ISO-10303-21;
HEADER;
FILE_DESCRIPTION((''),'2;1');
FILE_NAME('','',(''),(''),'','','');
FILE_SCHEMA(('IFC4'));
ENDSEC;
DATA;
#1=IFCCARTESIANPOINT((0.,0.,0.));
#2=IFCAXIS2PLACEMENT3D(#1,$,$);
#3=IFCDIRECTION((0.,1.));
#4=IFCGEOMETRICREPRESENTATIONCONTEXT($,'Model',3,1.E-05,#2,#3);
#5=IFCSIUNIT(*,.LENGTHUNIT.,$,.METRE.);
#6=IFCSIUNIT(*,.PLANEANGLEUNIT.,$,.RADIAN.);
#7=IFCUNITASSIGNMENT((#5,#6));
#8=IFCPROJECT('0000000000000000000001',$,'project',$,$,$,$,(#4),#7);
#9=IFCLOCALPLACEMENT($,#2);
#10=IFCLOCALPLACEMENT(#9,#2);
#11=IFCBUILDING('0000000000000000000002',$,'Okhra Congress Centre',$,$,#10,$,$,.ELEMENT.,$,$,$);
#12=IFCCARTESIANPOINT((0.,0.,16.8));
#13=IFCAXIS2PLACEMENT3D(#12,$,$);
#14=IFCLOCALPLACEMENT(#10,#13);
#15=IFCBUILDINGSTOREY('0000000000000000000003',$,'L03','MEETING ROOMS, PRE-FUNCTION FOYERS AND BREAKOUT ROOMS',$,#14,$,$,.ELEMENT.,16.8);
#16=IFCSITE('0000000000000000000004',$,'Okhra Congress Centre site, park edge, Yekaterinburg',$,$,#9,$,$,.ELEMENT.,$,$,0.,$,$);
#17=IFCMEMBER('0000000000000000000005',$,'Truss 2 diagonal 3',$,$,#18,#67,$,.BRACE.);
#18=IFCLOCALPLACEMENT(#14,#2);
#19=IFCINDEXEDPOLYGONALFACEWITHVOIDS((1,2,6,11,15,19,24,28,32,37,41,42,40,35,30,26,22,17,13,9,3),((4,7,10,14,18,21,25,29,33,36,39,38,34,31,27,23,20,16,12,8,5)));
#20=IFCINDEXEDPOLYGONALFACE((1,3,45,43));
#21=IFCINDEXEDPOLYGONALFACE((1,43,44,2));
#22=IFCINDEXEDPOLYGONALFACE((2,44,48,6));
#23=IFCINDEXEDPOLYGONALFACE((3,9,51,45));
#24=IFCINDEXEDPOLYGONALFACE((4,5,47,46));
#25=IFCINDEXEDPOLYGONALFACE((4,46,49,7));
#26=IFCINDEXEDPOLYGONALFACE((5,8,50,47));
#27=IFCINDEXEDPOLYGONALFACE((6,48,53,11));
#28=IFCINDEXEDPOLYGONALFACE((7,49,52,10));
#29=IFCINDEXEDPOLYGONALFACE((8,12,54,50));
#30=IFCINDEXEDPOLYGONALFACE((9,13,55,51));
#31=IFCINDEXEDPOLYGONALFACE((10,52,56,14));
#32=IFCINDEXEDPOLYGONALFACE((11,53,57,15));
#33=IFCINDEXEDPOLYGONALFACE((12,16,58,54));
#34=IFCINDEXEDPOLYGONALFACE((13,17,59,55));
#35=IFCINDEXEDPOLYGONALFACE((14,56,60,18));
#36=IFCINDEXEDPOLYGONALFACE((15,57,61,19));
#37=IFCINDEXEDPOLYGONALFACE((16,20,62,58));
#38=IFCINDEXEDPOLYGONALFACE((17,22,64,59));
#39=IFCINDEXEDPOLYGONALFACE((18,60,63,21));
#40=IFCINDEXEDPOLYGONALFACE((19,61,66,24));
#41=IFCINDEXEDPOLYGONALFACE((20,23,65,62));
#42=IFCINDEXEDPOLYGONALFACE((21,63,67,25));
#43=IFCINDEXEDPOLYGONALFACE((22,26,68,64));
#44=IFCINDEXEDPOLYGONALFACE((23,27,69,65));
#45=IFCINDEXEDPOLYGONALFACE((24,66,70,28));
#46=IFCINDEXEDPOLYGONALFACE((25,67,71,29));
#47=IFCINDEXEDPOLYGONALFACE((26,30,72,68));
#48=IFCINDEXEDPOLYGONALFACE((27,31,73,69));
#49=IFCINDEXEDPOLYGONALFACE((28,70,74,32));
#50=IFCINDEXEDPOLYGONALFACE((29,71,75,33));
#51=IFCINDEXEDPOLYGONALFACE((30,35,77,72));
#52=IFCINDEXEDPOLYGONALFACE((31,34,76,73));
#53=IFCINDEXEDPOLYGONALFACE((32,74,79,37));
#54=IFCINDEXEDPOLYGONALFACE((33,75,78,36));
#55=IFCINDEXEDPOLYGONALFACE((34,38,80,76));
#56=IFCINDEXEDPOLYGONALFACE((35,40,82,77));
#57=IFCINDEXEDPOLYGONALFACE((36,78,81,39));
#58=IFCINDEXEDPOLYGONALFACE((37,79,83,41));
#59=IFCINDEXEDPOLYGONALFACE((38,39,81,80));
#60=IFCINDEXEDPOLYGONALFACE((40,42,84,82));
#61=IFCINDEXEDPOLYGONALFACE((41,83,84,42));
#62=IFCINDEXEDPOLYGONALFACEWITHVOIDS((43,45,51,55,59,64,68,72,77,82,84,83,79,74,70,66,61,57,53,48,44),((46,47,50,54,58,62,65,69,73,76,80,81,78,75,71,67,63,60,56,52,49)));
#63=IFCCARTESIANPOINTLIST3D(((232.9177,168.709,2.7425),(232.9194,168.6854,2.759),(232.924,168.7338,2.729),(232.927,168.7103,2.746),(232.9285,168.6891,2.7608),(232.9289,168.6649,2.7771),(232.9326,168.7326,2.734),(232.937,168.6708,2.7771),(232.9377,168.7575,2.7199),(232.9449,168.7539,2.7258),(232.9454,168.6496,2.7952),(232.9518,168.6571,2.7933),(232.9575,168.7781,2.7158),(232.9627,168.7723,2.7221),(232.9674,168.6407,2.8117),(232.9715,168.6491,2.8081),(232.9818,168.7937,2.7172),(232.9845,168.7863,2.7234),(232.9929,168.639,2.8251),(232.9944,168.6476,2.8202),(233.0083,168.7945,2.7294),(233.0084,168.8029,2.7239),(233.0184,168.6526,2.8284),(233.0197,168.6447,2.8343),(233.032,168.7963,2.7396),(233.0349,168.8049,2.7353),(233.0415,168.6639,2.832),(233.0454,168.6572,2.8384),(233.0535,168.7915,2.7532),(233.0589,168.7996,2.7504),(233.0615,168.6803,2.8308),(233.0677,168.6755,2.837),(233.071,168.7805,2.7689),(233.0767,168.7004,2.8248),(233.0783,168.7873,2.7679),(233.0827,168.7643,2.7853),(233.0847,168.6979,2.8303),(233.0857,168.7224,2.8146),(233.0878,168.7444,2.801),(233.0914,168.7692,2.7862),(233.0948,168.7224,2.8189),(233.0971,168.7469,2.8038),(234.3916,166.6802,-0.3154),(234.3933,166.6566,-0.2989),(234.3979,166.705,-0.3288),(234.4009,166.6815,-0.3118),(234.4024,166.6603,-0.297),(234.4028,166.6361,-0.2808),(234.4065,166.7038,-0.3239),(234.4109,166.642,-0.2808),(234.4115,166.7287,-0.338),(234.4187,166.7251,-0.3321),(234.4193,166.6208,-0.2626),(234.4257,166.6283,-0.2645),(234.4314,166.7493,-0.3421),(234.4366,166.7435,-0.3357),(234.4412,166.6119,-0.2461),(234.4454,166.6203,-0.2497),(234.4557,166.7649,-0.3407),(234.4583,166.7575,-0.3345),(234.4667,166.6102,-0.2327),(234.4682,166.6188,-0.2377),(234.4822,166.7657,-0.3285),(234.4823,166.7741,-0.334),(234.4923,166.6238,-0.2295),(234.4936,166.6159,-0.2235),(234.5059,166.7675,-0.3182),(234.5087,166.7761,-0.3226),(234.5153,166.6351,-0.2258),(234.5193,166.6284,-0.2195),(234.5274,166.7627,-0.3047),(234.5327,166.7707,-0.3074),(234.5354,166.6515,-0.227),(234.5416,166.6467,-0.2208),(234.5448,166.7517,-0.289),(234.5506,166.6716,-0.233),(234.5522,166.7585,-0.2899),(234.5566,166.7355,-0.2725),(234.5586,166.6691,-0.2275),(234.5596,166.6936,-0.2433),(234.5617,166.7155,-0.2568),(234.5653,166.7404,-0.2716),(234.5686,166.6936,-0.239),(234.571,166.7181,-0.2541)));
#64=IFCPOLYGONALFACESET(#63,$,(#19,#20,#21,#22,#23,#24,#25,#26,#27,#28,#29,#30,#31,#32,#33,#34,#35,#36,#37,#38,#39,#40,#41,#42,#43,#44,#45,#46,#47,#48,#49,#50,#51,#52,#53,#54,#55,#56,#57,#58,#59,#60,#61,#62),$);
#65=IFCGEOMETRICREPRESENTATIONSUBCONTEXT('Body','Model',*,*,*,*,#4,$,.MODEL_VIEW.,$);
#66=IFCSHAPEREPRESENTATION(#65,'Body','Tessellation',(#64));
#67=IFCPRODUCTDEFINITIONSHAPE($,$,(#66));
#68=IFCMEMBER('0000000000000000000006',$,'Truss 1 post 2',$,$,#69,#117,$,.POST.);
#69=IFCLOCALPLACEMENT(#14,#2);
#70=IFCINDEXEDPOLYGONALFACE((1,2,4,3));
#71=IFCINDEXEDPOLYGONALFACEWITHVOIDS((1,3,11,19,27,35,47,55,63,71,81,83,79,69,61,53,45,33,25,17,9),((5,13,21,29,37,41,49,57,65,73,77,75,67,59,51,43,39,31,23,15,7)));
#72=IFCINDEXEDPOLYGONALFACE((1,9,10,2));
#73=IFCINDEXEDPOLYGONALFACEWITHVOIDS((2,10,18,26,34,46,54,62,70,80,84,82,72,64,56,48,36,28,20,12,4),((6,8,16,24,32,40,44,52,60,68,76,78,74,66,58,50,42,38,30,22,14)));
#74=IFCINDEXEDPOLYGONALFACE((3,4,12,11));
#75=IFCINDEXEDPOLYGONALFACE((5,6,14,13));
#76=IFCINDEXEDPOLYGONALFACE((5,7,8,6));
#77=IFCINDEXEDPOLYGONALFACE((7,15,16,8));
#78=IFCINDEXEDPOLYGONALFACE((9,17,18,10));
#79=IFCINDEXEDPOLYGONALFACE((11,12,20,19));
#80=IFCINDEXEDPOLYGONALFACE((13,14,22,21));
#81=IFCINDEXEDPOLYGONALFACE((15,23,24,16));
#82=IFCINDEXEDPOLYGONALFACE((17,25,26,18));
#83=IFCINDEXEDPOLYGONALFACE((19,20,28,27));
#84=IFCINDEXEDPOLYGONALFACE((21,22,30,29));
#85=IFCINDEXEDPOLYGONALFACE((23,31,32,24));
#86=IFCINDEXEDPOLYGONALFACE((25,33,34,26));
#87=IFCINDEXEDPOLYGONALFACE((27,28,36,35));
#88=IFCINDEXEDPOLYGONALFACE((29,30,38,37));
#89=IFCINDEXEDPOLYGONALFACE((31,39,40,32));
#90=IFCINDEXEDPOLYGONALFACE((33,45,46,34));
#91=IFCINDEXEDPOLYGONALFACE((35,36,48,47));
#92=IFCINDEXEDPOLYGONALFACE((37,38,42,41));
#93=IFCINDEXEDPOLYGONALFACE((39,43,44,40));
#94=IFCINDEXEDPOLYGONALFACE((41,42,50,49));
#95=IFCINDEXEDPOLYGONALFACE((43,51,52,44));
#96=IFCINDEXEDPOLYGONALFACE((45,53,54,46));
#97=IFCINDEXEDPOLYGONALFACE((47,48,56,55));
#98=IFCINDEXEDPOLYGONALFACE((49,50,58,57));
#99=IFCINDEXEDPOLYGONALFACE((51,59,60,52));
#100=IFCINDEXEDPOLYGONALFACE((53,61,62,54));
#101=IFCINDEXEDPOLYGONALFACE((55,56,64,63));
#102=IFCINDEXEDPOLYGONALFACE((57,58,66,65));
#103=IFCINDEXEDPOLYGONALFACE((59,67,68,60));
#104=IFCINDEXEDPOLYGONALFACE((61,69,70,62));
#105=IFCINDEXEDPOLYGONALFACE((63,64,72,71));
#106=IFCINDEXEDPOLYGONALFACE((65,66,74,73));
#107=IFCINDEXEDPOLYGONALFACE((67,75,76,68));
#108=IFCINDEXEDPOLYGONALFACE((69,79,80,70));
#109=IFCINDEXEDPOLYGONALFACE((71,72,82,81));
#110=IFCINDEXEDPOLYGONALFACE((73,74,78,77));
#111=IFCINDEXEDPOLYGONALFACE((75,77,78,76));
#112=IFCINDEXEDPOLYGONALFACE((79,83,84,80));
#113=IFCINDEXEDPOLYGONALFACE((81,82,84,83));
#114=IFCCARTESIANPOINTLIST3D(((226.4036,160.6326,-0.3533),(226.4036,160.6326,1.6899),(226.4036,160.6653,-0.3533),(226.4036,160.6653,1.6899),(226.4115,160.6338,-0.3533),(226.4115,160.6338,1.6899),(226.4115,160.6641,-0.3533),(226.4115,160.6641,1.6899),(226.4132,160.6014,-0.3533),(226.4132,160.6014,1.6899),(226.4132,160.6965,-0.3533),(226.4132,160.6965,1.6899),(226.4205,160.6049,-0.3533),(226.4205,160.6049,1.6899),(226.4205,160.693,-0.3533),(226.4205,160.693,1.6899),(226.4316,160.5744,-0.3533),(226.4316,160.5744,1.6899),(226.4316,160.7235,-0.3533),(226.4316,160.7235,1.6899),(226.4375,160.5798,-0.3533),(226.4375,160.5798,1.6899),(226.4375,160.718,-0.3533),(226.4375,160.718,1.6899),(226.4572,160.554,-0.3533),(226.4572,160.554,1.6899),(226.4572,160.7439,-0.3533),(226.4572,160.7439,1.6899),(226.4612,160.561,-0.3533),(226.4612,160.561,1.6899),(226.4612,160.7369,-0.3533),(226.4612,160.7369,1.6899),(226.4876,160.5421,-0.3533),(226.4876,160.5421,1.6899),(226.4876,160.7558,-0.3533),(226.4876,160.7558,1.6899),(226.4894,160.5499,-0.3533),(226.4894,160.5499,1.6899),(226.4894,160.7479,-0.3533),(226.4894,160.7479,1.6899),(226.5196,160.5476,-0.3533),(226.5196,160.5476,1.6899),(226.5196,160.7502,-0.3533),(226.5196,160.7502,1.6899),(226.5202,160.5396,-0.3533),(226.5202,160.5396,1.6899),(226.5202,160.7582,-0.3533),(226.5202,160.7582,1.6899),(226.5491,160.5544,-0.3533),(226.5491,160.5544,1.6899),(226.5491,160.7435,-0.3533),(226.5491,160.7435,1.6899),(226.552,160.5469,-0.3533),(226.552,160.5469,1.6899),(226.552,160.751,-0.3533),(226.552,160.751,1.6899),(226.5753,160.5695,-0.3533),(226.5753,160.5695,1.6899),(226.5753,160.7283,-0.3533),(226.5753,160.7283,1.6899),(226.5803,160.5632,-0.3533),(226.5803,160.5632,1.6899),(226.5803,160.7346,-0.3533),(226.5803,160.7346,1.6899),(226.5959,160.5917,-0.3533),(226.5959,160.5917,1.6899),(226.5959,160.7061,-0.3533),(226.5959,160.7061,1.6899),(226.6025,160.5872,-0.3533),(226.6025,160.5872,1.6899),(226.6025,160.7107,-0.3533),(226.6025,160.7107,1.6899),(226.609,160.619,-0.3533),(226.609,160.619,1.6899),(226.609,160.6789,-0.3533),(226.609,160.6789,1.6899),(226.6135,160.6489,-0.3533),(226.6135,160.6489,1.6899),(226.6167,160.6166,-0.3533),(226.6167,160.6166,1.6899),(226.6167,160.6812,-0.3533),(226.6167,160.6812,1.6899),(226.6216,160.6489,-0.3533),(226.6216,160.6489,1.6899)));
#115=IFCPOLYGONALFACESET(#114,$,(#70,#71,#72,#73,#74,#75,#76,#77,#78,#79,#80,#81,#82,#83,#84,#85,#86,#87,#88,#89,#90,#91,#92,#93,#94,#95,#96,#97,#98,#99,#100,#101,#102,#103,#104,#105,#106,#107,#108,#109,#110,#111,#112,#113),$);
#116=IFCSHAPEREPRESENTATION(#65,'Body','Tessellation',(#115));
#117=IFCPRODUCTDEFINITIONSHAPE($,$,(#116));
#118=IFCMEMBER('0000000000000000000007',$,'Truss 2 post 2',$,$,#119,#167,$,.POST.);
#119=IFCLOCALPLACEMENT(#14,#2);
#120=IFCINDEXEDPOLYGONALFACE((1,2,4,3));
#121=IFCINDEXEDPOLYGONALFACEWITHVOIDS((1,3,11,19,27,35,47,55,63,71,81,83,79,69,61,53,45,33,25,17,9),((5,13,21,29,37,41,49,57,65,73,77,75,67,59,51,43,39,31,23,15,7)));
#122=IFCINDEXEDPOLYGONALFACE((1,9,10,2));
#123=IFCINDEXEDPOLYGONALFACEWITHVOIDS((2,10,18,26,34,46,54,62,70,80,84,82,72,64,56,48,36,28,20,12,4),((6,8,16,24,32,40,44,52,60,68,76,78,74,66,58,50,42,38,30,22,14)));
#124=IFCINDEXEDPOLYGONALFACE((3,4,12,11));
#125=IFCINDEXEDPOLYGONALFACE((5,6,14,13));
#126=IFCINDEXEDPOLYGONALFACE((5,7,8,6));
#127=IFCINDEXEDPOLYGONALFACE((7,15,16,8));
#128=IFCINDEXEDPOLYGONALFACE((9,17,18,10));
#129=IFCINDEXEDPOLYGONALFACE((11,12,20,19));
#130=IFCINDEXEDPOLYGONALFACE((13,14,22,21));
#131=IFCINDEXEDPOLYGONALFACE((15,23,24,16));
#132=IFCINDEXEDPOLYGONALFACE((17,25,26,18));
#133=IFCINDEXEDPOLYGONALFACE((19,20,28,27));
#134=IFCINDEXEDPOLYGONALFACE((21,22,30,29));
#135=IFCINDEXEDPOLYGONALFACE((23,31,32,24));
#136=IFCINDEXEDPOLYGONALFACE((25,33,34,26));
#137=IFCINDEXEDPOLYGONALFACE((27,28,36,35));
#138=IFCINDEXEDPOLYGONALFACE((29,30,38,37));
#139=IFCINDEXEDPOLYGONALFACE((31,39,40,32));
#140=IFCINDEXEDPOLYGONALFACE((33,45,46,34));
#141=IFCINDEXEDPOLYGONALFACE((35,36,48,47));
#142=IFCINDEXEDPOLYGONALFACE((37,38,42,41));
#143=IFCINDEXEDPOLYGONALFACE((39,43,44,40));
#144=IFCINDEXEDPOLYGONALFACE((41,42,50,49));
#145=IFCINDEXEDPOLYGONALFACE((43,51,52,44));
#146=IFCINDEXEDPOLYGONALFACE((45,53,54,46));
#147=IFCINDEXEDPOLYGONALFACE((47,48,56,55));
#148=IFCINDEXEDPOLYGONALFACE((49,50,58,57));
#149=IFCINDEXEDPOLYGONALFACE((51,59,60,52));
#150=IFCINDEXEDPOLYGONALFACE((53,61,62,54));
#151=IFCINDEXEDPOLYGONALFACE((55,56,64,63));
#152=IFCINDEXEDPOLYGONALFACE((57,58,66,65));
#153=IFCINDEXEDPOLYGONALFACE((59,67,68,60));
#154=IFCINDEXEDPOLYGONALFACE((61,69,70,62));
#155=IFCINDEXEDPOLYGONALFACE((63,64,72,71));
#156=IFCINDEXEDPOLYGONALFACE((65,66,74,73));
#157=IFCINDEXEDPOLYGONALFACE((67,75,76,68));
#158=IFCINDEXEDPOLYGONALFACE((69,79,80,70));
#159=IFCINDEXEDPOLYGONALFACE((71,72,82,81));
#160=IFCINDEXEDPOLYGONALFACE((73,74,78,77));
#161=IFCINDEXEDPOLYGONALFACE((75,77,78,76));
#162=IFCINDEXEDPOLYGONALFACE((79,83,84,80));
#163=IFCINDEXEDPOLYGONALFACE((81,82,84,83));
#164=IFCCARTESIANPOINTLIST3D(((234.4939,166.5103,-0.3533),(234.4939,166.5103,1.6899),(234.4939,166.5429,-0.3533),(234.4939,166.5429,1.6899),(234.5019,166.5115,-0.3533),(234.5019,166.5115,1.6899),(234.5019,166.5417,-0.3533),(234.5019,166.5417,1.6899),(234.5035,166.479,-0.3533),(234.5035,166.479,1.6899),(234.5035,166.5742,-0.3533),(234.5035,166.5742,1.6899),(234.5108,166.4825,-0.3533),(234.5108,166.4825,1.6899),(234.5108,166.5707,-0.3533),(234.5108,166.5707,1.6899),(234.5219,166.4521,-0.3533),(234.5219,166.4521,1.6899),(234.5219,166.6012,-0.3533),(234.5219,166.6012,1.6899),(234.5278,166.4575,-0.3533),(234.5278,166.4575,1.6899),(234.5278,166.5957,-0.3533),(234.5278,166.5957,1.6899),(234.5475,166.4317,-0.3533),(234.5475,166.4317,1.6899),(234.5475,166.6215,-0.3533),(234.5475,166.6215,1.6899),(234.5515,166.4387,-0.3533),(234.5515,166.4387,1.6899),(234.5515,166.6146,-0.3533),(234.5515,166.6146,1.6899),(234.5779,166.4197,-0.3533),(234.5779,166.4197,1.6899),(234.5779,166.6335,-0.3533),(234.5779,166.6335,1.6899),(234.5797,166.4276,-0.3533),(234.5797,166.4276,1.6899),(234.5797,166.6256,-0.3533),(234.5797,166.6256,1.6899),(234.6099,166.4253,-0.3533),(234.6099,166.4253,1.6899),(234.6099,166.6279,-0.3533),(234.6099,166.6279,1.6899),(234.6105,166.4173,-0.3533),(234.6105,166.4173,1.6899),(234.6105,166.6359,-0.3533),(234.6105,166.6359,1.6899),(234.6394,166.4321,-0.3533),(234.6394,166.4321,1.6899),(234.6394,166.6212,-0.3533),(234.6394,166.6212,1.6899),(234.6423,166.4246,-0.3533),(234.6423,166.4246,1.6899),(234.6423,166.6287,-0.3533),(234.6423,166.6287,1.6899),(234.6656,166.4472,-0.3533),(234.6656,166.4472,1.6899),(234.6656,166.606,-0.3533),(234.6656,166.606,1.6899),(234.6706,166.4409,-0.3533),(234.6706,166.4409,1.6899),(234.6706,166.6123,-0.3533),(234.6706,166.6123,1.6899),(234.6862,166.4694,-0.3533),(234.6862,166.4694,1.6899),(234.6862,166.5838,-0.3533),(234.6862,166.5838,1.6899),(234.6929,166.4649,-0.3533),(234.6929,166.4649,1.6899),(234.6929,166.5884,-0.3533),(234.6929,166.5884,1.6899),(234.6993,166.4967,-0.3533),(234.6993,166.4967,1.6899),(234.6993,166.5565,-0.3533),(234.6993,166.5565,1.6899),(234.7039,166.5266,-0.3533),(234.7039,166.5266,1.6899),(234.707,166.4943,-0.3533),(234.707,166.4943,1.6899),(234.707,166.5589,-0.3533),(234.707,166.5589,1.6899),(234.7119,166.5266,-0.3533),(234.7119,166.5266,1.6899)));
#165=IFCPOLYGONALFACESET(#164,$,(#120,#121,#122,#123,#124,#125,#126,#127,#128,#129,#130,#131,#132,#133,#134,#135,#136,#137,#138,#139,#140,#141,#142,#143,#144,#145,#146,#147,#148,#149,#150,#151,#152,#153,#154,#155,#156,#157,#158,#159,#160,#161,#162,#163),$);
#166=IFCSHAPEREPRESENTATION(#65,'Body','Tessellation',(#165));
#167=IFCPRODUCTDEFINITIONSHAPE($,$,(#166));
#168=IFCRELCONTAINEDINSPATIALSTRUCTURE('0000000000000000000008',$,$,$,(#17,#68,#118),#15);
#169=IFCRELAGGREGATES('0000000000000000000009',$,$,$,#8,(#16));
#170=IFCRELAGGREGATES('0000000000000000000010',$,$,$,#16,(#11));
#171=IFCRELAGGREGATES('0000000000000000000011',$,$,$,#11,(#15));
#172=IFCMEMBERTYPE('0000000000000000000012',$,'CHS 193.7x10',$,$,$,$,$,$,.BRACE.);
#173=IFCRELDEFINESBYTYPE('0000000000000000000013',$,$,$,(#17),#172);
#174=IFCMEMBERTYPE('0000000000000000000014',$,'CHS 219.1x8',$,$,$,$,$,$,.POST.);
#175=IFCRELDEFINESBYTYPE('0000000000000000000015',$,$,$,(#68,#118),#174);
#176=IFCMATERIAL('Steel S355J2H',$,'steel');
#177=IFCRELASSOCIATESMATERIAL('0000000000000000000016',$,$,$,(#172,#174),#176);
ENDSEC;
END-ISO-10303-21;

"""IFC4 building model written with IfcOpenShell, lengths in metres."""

from ifc_helpers import new_model, si_unit, direction, frame, origin, origin_2d, place, context, subcontext, project, spatial, hollow_circle, extrude, material, material_profile, profile_set, type_object, element, save


model = new_model("IFC4")

# Units and contexts
model_context = context("Model", 3, precision=1e-05, world=origin(), true_north=direction((0.0, 1.0)))
body_context = subcontext(model_context, "Body", "Model", "MODEL_VIEW")
ifc_project = project(units=[si_unit("LENGTHUNIT", "METRE"), si_unit("PLANEANGLEUNIT", "RADIAN")], contexts=[model_context])

# Site, building, storey
site_placement = place(None, origin())
site = spatial("IfcSite", under=ifc_project, at=site_placement, Name="Okhra Congress Centre site, park edge, Yekaterinburg", CompositionType="ELEMENT", RefElevation=0.0)
building_placement = place(site_placement, origin())
building = spatial("IfcBuilding", under=site, at=building_placement, Name="Okhra Congress Centre", CompositionType="ELEMENT")
storey_placement = place(building_placement, frame((0.0, 0.0, 16.8)))
storey = spatial("IfcBuildingStorey", under=building, at=storey_placement, Name="L03", Description="MEETING ROOMS, PRE-FUNCTION FOYERS AND BREAKOUT ROOMS", CompositionType="ELEMENT", Elevation=16.8)

# Members
ifc_material_1 = material(Name="Steel S355J2H", Category="steel")
ifc_material_profile_1 = material_profile(ifc_material_1, hollow_circle(Radius=0.0969, WallThickness=0.01, at=origin_2d()), Name="CHS 193.7x10")
ifc_profile_set_1 = profile_set([ifc_material_profile_1], Name="Steel S355J2H")
member_type_1 = type_object("IfcMemberType", Name="CHS 193.7x10", PredefinedType="BRACE", material=ifc_profile_set_1)
member_1_placement = place(storey_placement, frame((234.4812, 166.6931, -0.2808), z_axis=(-0.372699, 0.513024, 0.773241), x_axis=(-0.809043, -0.587749, 0.0)))
element("IfcMember", 1, at=member_1_placement, inside=storey, type_object=member_type_1, Name="Truss 2 diagonal 3", PredefinedType="BRACE", context=body_context, shape_type="SweptSolid", body=[
    extrude(hollow_circle(Radius=0.0969, WallThickness=0.01, at=origin_2d()), origin(), (0.0, 0.0, 1.0), 3.9546),
])
ifc_material_profile_2 = material_profile(ifc_material_1, hollow_circle(Radius=0.1096, WallThickness=0.0081, at=origin_2d()), Name="CHS 219.1x8")
ifc_profile_set_2 = profile_set([ifc_material_profile_2], Name="Steel S355J2H")
member_type_2 = type_object("IfcMemberType", Name="CHS 219.1x8", PredefinedType="POST", material=ifc_profile_set_2)
for number, where, z_axis, x_axis, name in (
    (2, (226.512, 160.6489, -0.3533), (0.0, 0.0, 1.0), (1.0, 0.0, 0.0), "Truss 1 post 2"),
    (3, (234.6023, 166.5266, -0.3533), (0.0, 0.0, 1.0), (1.0, 0.0, 0.0), "Truss 2 post 2"),
):
    element("IfcMember", number, at=place(storey_placement, frame(where, z_axis=z_axis, x_axis=x_axis)), inside=storey, type_object=member_type_2, Name=name, PredefinedType="POST", context=body_context, shape_type="SweptSolid", body=[
        extrude(hollow_circle(Radius=0.1096, WallThickness=0.0081, at=origin_2d()), origin(), (0.0, 0.0, 1.0), 2.0432),
    ])

save(model, "model.ifc")
